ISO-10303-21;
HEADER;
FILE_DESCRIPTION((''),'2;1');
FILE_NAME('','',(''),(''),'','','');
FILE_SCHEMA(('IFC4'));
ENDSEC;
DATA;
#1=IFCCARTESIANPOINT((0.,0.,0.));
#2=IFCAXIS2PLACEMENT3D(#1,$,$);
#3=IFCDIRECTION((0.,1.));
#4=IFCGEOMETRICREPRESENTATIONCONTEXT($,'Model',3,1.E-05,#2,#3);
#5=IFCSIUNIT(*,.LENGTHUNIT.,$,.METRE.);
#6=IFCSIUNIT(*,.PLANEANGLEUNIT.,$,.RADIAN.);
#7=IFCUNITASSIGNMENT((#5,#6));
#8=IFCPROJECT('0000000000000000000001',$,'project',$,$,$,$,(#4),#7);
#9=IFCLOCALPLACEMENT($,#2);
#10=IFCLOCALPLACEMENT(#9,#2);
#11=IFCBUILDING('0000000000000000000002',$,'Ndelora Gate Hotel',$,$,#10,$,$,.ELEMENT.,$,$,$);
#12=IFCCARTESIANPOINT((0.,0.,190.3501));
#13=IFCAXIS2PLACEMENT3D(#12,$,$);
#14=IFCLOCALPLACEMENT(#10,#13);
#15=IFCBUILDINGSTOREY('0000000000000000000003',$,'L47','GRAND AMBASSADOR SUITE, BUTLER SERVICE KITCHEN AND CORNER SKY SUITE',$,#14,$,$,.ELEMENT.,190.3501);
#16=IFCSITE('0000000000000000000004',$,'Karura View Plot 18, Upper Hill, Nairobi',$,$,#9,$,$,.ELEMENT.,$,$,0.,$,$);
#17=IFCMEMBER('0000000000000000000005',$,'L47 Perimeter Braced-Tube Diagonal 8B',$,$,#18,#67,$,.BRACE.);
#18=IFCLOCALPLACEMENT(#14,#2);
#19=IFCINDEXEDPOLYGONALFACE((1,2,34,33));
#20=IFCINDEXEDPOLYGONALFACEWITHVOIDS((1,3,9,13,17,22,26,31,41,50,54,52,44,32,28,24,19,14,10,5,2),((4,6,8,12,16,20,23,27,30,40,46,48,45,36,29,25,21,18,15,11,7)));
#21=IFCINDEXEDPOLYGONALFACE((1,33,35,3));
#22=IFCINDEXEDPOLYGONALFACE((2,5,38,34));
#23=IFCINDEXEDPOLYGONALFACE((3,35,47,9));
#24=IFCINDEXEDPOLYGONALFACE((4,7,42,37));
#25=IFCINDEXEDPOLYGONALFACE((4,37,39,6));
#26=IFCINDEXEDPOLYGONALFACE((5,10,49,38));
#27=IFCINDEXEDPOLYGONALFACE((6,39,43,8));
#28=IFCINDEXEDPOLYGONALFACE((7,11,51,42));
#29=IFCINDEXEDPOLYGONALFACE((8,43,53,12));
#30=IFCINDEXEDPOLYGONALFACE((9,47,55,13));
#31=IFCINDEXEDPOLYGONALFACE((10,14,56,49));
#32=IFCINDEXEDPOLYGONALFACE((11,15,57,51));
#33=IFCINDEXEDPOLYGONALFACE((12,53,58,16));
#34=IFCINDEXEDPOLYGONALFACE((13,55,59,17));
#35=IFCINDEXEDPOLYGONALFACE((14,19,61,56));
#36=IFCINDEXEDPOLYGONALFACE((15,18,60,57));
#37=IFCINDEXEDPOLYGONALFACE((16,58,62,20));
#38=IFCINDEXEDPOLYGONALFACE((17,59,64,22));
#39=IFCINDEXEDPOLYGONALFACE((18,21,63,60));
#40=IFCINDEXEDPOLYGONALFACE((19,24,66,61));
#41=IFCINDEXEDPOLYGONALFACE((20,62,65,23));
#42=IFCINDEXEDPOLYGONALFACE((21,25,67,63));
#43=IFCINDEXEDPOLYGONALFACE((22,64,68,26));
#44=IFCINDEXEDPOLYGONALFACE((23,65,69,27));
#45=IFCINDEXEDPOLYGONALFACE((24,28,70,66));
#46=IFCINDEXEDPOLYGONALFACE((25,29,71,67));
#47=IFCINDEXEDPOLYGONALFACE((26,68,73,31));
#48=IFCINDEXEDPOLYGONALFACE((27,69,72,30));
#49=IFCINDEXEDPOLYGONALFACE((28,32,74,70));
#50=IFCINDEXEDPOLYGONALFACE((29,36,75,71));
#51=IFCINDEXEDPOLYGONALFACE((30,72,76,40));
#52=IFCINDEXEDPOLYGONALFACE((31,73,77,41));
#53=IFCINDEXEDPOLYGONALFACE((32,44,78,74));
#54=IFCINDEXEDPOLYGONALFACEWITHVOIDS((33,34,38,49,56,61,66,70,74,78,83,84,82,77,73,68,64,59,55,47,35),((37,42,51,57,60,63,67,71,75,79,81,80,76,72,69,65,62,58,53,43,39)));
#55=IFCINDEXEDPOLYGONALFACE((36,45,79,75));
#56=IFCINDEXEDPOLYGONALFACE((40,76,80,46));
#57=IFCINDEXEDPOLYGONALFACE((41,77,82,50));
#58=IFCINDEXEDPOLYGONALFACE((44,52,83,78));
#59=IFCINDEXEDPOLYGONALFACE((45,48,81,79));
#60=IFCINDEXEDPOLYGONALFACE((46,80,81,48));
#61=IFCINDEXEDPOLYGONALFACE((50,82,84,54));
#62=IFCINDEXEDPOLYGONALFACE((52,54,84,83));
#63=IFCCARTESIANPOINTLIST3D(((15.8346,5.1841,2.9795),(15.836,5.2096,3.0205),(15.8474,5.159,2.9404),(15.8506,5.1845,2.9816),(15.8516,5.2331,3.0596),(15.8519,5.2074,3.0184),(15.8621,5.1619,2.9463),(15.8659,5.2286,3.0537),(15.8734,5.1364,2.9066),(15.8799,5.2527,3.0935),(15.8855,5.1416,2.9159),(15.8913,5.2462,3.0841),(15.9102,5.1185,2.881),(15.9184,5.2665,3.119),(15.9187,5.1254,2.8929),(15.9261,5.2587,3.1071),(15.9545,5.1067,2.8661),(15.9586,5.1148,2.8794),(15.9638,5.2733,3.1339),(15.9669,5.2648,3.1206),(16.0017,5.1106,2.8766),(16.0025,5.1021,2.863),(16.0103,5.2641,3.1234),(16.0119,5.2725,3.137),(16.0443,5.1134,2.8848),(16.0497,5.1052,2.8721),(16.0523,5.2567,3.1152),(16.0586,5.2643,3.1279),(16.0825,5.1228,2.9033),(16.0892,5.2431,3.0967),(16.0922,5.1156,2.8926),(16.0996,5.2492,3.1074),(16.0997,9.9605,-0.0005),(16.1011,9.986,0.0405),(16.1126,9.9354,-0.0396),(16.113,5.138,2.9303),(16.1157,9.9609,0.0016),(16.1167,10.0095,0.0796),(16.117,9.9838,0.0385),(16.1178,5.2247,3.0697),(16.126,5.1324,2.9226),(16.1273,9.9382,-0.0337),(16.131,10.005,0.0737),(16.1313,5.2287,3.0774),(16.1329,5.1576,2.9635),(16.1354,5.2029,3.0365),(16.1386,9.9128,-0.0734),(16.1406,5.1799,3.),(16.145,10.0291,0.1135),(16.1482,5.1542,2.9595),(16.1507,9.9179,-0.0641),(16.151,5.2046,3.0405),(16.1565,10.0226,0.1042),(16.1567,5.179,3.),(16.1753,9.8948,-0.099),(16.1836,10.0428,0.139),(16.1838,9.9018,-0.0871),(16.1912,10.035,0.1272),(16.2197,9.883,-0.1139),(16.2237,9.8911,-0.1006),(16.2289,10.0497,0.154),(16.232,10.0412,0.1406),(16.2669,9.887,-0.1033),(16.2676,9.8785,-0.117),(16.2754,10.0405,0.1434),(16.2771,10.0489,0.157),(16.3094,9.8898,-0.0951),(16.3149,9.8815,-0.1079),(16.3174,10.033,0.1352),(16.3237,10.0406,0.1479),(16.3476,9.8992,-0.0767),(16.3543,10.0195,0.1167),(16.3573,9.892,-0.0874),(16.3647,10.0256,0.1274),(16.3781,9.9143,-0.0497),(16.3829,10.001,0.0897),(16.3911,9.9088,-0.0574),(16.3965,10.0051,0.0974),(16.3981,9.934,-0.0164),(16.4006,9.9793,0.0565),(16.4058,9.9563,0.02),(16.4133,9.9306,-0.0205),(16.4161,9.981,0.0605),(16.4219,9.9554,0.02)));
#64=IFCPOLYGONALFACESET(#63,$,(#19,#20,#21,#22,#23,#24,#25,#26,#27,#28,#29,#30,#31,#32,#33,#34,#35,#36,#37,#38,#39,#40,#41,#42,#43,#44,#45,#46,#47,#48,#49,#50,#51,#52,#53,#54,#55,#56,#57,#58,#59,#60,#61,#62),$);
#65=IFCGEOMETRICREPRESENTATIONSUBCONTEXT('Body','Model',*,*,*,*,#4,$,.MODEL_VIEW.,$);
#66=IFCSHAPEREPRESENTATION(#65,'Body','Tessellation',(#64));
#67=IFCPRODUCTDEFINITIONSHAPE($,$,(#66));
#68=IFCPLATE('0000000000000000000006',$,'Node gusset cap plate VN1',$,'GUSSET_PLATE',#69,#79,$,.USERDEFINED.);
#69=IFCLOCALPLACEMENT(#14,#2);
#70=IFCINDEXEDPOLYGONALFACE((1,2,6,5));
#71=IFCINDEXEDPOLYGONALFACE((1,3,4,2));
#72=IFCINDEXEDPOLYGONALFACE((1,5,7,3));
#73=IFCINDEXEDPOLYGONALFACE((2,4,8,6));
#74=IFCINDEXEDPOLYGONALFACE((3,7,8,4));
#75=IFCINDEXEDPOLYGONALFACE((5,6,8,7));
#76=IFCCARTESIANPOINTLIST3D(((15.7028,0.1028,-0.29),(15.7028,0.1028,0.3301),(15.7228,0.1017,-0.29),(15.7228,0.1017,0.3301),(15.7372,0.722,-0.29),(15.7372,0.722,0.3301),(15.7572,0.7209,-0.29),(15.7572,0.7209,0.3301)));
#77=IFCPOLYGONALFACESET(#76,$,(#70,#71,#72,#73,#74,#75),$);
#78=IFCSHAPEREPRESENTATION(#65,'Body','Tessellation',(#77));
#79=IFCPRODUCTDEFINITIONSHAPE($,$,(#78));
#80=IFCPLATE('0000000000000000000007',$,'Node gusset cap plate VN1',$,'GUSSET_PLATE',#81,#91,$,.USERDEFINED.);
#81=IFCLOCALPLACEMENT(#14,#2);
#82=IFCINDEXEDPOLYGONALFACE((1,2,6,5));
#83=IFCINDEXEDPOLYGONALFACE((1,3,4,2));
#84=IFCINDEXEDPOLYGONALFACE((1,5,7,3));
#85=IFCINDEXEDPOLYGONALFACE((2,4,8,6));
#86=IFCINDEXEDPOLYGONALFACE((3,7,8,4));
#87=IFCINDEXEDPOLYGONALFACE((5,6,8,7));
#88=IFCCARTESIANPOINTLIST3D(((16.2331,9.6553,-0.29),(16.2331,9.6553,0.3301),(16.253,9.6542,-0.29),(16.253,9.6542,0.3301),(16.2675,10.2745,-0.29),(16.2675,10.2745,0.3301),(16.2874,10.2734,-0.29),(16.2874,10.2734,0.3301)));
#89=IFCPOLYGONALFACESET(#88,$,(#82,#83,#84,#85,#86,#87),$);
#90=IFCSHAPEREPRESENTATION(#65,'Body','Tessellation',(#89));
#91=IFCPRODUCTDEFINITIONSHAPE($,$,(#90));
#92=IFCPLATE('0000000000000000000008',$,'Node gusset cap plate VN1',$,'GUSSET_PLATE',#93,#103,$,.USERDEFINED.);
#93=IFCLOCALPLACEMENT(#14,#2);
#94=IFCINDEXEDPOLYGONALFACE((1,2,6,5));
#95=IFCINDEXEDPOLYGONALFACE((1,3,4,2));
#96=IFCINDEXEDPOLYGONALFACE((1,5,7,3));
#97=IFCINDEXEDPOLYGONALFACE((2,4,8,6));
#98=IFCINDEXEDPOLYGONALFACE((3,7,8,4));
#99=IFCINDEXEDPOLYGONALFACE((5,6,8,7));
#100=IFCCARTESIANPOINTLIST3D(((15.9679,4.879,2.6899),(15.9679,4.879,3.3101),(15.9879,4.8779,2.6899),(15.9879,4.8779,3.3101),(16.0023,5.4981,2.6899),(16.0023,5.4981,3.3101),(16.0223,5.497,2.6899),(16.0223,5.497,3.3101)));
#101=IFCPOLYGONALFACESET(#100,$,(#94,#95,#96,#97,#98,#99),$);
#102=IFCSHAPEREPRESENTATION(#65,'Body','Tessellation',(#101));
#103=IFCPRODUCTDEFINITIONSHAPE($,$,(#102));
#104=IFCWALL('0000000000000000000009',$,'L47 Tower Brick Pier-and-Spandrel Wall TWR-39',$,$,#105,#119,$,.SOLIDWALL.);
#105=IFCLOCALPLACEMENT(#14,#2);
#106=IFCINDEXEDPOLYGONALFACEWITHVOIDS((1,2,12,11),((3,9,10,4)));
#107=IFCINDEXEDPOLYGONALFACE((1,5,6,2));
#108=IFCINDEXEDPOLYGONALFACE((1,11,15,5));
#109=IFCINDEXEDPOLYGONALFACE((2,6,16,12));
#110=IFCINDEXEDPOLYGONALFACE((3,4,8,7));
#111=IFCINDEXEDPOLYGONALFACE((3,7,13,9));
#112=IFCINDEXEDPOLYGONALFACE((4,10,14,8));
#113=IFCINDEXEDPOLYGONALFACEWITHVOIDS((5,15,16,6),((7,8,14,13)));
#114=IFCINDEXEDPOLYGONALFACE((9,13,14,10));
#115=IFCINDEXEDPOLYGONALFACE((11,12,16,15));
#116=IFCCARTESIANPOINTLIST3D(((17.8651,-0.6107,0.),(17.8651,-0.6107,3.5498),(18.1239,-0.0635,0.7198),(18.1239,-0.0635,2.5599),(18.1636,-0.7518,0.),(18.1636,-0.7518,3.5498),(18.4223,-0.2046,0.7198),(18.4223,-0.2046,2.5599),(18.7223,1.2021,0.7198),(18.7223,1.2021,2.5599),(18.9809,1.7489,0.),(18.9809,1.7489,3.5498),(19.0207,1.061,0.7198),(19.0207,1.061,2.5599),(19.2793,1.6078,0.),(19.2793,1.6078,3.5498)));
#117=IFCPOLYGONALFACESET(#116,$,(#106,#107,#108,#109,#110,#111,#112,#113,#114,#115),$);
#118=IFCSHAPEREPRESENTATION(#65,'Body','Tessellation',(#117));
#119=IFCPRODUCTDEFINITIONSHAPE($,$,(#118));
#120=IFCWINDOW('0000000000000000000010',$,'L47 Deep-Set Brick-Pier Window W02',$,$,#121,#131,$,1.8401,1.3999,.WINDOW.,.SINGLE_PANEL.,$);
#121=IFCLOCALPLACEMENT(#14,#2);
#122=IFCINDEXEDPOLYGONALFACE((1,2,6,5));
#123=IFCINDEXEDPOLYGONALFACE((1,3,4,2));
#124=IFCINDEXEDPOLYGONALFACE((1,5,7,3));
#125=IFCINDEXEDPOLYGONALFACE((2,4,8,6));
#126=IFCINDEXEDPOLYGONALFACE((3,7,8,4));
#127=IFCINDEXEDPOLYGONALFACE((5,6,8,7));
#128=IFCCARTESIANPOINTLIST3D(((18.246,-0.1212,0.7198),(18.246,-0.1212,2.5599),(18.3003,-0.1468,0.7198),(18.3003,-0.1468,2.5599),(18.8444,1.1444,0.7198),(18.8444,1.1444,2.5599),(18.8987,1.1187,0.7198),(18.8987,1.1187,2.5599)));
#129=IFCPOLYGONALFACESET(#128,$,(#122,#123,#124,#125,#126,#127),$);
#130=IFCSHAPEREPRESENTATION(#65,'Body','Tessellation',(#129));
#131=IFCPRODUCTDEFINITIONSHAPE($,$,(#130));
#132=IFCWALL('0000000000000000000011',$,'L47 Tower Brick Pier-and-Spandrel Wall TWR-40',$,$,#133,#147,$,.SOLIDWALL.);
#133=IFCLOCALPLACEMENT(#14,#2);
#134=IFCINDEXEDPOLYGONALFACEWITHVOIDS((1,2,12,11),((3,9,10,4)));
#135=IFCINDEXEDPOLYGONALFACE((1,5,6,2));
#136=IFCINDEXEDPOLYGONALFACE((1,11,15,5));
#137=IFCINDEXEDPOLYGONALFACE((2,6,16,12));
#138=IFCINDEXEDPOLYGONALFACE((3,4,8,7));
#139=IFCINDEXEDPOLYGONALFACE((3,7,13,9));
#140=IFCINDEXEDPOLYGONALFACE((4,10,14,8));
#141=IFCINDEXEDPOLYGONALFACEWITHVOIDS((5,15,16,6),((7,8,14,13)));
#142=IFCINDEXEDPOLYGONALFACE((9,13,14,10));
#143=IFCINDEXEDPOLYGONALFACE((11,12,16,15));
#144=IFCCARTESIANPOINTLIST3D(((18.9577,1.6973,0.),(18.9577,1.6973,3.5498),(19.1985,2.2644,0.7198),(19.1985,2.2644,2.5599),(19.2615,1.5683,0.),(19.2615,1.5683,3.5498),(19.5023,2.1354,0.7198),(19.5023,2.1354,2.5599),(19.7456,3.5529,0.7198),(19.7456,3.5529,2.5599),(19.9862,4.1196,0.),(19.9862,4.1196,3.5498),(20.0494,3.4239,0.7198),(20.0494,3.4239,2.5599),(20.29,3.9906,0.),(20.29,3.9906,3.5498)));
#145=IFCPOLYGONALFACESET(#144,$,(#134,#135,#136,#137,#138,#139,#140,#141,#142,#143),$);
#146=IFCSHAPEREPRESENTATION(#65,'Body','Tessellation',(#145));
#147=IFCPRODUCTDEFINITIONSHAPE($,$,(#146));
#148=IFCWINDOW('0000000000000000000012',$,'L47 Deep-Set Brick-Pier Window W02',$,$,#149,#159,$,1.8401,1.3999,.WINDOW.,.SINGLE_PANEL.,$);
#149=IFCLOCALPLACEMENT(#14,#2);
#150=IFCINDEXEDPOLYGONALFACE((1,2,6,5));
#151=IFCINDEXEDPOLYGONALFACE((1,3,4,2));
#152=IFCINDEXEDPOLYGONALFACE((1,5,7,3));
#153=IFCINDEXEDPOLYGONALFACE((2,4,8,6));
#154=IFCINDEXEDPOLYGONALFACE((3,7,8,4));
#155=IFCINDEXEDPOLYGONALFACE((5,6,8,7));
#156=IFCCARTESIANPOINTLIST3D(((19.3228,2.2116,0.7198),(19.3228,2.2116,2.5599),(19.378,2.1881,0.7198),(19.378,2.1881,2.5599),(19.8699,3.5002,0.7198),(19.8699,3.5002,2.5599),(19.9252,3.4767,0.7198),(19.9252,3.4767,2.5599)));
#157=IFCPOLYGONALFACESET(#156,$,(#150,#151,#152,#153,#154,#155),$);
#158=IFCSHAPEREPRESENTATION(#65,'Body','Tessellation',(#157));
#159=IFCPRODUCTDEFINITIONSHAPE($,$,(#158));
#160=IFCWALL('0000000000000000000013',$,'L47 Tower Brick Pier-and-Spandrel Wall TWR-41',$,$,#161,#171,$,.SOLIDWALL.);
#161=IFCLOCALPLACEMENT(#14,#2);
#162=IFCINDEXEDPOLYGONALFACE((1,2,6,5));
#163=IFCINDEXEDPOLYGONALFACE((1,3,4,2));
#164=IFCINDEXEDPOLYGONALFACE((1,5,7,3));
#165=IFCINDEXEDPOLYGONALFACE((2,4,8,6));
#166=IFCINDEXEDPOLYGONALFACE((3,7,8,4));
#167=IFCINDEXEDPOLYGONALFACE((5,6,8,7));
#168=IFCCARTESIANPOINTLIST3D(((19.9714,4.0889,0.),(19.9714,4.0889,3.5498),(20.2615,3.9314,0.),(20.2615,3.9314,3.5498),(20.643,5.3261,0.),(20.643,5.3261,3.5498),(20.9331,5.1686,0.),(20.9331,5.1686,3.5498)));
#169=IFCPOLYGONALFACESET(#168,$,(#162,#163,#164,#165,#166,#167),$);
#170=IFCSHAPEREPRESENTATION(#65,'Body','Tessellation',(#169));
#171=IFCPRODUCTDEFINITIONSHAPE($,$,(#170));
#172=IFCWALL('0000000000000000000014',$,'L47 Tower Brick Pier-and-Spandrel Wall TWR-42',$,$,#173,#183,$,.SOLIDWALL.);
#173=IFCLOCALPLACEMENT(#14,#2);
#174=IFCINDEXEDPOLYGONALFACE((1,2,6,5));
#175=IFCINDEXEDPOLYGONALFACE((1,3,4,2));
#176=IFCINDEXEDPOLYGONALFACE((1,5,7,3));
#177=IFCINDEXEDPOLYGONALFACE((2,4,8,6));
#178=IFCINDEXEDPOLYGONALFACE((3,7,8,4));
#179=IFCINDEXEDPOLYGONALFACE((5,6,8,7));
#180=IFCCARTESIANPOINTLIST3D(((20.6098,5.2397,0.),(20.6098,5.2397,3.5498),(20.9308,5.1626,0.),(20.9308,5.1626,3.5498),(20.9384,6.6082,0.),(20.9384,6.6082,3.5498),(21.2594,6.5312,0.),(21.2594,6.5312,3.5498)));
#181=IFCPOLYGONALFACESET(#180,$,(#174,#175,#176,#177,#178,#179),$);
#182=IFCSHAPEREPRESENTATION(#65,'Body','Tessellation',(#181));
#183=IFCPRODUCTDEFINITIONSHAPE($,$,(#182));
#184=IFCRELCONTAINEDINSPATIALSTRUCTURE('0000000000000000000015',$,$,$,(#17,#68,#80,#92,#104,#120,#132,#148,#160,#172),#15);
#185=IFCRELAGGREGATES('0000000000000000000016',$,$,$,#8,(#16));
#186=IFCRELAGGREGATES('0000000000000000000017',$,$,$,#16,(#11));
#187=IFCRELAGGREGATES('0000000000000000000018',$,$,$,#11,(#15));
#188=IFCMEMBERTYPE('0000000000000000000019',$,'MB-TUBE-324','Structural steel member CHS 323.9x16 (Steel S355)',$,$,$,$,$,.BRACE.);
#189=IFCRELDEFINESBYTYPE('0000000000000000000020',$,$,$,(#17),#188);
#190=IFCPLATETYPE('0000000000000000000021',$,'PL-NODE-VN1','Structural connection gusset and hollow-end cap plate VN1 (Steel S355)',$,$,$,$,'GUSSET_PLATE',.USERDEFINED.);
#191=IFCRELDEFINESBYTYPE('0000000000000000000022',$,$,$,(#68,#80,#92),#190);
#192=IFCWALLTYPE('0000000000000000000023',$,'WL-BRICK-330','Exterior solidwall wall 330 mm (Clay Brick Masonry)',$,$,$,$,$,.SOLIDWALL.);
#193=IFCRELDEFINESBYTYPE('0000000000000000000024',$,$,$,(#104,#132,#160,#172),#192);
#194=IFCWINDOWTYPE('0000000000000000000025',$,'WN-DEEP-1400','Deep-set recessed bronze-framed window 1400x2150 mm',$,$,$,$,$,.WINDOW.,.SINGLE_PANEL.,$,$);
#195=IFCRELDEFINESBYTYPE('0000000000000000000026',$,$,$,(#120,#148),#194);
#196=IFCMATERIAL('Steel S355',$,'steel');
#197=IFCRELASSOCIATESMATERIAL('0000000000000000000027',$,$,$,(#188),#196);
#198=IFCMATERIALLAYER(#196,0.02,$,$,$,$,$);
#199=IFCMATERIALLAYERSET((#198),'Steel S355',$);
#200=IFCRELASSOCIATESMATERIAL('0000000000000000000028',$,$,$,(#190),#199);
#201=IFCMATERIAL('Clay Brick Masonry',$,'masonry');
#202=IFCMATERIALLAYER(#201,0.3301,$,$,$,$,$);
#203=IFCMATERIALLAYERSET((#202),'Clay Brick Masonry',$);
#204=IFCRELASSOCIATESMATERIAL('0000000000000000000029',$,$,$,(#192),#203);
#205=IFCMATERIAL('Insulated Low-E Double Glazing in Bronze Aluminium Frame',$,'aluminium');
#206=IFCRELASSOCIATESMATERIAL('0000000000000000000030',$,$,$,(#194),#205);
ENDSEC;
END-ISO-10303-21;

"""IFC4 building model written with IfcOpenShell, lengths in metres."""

from ifc_helpers import new_model, si_unit, direction, frame, frame_2d, origin, origin_2d, place, context, subcontext, project, spatial, rectangle, hollow_circle, extrude, material, layer, layer_set, material_profile, profile_set, type_object, element, fill, save


model = new_model("IFC4")

# Units and contexts
model_context = context("Model", 3, precision=1e-05, world=origin(), true_north=direction((0.0, 1.0)))
body_context = subcontext(model_context, "Body", "Model", "MODEL_VIEW")
ifc_project = project(units=[si_unit("LENGTHUNIT", "METRE"), si_unit("PLANEANGLEUNIT", "RADIAN")], contexts=[model_context])

# Site, building, storey
site_placement = place(None, origin())
site = spatial("IfcSite", under=ifc_project, at=site_placement, Name="Karura View Plot 18, Upper Hill, Nairobi", CompositionType="ELEMENT", RefElevation=0.0)
building_placement = place(site_placement, origin())
building = spatial("IfcBuilding", under=site, at=building_placement, Name="Ndelora Gate Hotel", CompositionType="ELEMENT")
storey_placement = place(building_placement, frame((0.0, 0.0, 190.3501)))
storey = spatial("IfcBuildingStorey", under=building, at=storey_placement, Name="L47", Description="GRAND AMBASSADOR SUITE, BUTLER SERVICE KITCHEN AND CORNER SKY SUITE", CompositionType="ELEMENT", Elevation=190.3501)

# Shared definitions
ifc_material_1 = material(Name="Steel S355", Category="steel")

# Member
ifc_material_profile_1 = material_profile(ifc_material_1, hollow_circle(Radius=0.1619, WallThickness=0.0161, at=origin_2d()), Name="CHS 323.9x16")
ifc_profile_set_1 = profile_set([ifc_material_profile_1], Name="Steel S355")
member_type = type_object("IfcMemberType", Name="MB-TUBE-324", Description="Structural steel member CHS 323.9x16 (Steel S355)", PredefinedType="BRACE", material=ifc_profile_set_1)
member_1_placement = place(storey_placement, frame((16.2603, 9.9644, 0.02), z_axis=(-0.047044, -0.847478, 0.528742), x_axis=(0.998463, -0.055425, 0.0)))
element("IfcMember", 1, at=member_1_placement, inside=storey, type_object=member_type, Name="L47 Perimeter Braced-Tube Diagonal 8B", PredefinedType="BRACE", context=body_context, shape_type="SweptSolid", body=[
    extrude(hollow_circle(Radius=0.1619, WallThickness=0.0161, at=origin_2d()), origin(), (0.0, 0.0, 1.0), 5.636),
])

# Plates
ifc_layer_1 = layer(ifc_material_1, 0.02)
ifc_layer_set_1 = layer_set([ifc_layer_1], Name="Steel S355")
plate_type = type_object("IfcPlateType", Name="PL-NODE-VN1", Description="Structural connection gusset and hollow-end cap plate VN1 (Steel S355)", ElementType="GUSSET_PLATE", PredefinedType="USERDEFINED", material=ifc_layer_set_1)
for number, where, z_axis, x_axis, name in (
    (2, (15.73, 0.4119, -0.29), (0.0, 0.0, 1.0), (0.055473, 0.99846, 0.0), "Node gusset cap plate VN1"),
    (3, (16.2603, 9.9644, -0.29), (0.0, 0.0, 1.0), (0.055473, 0.99846, 0.0), "Node gusset cap plate VN1"),
    (4, (15.9951, 5.188, 2.6899), (0.0, 0.0, 1.0), (0.055473, 0.99846, 0.0), "Node gusset cap plate VN1"),
):
    element("IfcPlate", number, at=place(storey_placement, frame(where, z_axis=z_axis, x_axis=x_axis)), inside=storey, type_object=plate_type, Name=name, ObjectType="GUSSET_PLATE", PredefinedType="USERDEFINED", context=body_context, shape_type="SweptSolid", body=[
        extrude(rectangle(XDim=0.6201, YDim=0.02, at=origin_2d()), origin(), (0.0, 0.0, 1.0), 0.6201),
    ])

# Walls, openings, windows
ifc_material_2 = material(Name="Clay Brick Masonry", Category="masonry")
ifc_layer_2 = layer(ifc_material_2, 0.3301)
ifc_layer_set_2 = layer_set([ifc_layer_2], Name="Clay Brick Masonry")
wall_type = type_object("IfcWallType", Name="WL-BRICK-330", Description="Exterior solidwall wall 330 mm (Clay Brick Masonry)", PredefinedType="SOLIDWALL", material=ifc_layer_set_2)
wall_1_placement = place(storey_placement, frame((19.1301, 1.6785, 0.0), z_axis=(0.0, 0.0, 1.0), x_axis=(-0.427463, -0.904033, 0.0)))
wall_1 = element("IfcWall", 5, at=wall_1_placement, inside=storey, type_object=wall_type, Name="L47 Tower Brick Pier-and-Spandrel Wall TWR-39", PredefinedType="SOLIDWALL", context=body_context, shape_type="SweptSolid", body=[
    extrude(rectangle(XDim=2.6101, YDim=0.3301, at=frame_2d((1.3052, 0.0))), origin(), (0.0, 0.0, 1.0), 3.5498),
])
opening_1_placement = place(wall_1_placement, frame((0.605, 0.0, 0.72)))
opening_1 = element("IfcOpeningElement", 6, at=opening_1_placement, cuts=wall_1, PredefinedType="OPENING", context=body_context, shape_type="SweptSolid", body=[
    extrude(rectangle(XDim=1.3999, YDim=1.8401, at=frame_2d((0.7, 0.9199))), frame((0.0, 0.175, 0.0), z_axis=(0.0, -1.0, 0.0), x_axis=(1.0, 0.0, 0.0)), (0.0, 0.0, 1.0), 0.3501),
])
ifc_material_3 = material(Name="Insulated Low-E Double Glazing in Bronze Aluminium Frame", Category="aluminium")
window_type = type_object("IfcWindowType", Name="WN-DEEP-1400", Description="Deep-set recessed bronze-framed window 1400x2150 mm", PartitioningType="SINGLE_PANEL", PredefinedType="WINDOW", material=ifc_material_3)
window_1_placement = place(opening_1_placement, origin())
window_1 = element("IfcWindow", 7, at=window_1_placement, inside=storey, type_object=window_type, Name="L47 Deep-Set Brick-Pier Window W02", OverallHeight=1.8401, OverallWidth=1.3999, PartitioningType="SINGLE_PANEL", PredefinedType="WINDOW", context=body_context, shape_type="SweptSolid", body=[
    extrude(rectangle(XDim=1.3999, YDim=1.8401, at=frame_2d((0.7, 0.9199))), frame((0.0, 0.03, 0.0), z_axis=(0.0, -1.0, 0.0), x_axis=(1.0, 0.0, 0.0)), (0.0, 0.0, 1.0), 0.0601),
])
fill(opening_1, window_1)
wall_2_placement = place(storey_placement, frame((20.1382, 4.0552, 0.0), z_axis=(0.0, 0.0, 1.0), x_axis=(-0.390838, -0.920459, 0.0)))
wall_2 = element("IfcWall", 8, at=wall_2_placement, inside=storey, type_object=wall_type, Name="L47 Tower Brick Pier-and-Spandrel Wall TWR-40", PredefinedType="SOLIDWALL", context=body_context, shape_type="SweptSolid", body=[
    extrude(rectangle(XDim=2.6316, YDim=0.3301, at=frame_2d((1.3159, 0.0))), origin(), (0.0, 0.0, 1.0), 3.5498),
])
opening_2_placement = place(wall_2_placement, frame((0.6157, 0.0, 0.72)))
opening_2 = element("IfcOpeningElement", 9, at=opening_2_placement, cuts=wall_2, PredefinedType="OPENING", context=body_context, shape_type="SweptSolid", body=[
    extrude(rectangle(XDim=1.3999, YDim=1.8401, at=frame_2d((0.7, 0.9199))), frame((0.0, 0.175, 0.0), z_axis=(0.0, -1.0, 0.0), x_axis=(1.0, 0.0, 0.0)), (0.0, 0.0, 1.0), 0.3501),
])
window_2_placement = place(opening_2_placement, origin())
window_2 = element("IfcWindow", 10, at=window_2_placement, inside=storey, type_object=window_type, Name="L47 Deep-Set Brick-Pier Window W02", OverallHeight=1.8401, OverallWidth=1.3999, PartitioningType="SINGLE_PANEL", PredefinedType="WINDOW", context=body_context, shape_type="SweptSolid", body=[
    extrude(rectangle(XDim=1.3999, YDim=1.8401, at=frame_2d((0.7, 0.9199))), frame((0.0, 0.03, 0.0), z_axis=(0.0, -1.0, 0.0), x_axis=(1.0, 0.0, 0.0)), (0.0, 0.0, 1.0), 0.0601),
])
fill(opening_2, window_2)

# Walls
wall_3_placement = place(storey_placement, frame((20.7881, 5.2473, 0.0), z_axis=(0.0, 0.0, 1.0), x_axis=(-0.477138, -0.878828, 0.0)))
element("IfcWall", 11, at=wall_3_placement, inside=storey, type_object=wall_type, Name="L47 Tower Brick Pier-and-Spandrel Wall TWR-41", PredefinedType="SOLIDWALL", context=body_context, shape_type="SweptSolid", body=[
    extrude(rectangle(XDim=1.4077, YDim=0.3301, at=frame_2d((0.7039, 0.0))), origin(), (0.0, 0.0, 1.0), 3.5498),
])
for number, where, z_axis, x_axis, name in (
    (12, (21.0989, 6.5696, 0.0), (0.0, 0.0, 1.0), (-0.233465, -0.972365, 0.0), "L47 Tower Brick Pier-and-Spandrel Wall TWR-42"),
):
    element("IfcWall", number, at=place(storey_placement, frame(where, z_axis=z_axis, x_axis=x_axis)), inside=storey, type_object=wall_type, Name=name, PredefinedType="SOLIDWALL", context=body_context, shape_type="SweptSolid", body=[
        extrude(rectangle(XDim=1.4075, YDim=0.3301, at=frame_2d((0.7036, 0.0))), origin(), (0.0, 0.0, 1.0), 3.5498),
    ])

save(model, "model.ifc")
